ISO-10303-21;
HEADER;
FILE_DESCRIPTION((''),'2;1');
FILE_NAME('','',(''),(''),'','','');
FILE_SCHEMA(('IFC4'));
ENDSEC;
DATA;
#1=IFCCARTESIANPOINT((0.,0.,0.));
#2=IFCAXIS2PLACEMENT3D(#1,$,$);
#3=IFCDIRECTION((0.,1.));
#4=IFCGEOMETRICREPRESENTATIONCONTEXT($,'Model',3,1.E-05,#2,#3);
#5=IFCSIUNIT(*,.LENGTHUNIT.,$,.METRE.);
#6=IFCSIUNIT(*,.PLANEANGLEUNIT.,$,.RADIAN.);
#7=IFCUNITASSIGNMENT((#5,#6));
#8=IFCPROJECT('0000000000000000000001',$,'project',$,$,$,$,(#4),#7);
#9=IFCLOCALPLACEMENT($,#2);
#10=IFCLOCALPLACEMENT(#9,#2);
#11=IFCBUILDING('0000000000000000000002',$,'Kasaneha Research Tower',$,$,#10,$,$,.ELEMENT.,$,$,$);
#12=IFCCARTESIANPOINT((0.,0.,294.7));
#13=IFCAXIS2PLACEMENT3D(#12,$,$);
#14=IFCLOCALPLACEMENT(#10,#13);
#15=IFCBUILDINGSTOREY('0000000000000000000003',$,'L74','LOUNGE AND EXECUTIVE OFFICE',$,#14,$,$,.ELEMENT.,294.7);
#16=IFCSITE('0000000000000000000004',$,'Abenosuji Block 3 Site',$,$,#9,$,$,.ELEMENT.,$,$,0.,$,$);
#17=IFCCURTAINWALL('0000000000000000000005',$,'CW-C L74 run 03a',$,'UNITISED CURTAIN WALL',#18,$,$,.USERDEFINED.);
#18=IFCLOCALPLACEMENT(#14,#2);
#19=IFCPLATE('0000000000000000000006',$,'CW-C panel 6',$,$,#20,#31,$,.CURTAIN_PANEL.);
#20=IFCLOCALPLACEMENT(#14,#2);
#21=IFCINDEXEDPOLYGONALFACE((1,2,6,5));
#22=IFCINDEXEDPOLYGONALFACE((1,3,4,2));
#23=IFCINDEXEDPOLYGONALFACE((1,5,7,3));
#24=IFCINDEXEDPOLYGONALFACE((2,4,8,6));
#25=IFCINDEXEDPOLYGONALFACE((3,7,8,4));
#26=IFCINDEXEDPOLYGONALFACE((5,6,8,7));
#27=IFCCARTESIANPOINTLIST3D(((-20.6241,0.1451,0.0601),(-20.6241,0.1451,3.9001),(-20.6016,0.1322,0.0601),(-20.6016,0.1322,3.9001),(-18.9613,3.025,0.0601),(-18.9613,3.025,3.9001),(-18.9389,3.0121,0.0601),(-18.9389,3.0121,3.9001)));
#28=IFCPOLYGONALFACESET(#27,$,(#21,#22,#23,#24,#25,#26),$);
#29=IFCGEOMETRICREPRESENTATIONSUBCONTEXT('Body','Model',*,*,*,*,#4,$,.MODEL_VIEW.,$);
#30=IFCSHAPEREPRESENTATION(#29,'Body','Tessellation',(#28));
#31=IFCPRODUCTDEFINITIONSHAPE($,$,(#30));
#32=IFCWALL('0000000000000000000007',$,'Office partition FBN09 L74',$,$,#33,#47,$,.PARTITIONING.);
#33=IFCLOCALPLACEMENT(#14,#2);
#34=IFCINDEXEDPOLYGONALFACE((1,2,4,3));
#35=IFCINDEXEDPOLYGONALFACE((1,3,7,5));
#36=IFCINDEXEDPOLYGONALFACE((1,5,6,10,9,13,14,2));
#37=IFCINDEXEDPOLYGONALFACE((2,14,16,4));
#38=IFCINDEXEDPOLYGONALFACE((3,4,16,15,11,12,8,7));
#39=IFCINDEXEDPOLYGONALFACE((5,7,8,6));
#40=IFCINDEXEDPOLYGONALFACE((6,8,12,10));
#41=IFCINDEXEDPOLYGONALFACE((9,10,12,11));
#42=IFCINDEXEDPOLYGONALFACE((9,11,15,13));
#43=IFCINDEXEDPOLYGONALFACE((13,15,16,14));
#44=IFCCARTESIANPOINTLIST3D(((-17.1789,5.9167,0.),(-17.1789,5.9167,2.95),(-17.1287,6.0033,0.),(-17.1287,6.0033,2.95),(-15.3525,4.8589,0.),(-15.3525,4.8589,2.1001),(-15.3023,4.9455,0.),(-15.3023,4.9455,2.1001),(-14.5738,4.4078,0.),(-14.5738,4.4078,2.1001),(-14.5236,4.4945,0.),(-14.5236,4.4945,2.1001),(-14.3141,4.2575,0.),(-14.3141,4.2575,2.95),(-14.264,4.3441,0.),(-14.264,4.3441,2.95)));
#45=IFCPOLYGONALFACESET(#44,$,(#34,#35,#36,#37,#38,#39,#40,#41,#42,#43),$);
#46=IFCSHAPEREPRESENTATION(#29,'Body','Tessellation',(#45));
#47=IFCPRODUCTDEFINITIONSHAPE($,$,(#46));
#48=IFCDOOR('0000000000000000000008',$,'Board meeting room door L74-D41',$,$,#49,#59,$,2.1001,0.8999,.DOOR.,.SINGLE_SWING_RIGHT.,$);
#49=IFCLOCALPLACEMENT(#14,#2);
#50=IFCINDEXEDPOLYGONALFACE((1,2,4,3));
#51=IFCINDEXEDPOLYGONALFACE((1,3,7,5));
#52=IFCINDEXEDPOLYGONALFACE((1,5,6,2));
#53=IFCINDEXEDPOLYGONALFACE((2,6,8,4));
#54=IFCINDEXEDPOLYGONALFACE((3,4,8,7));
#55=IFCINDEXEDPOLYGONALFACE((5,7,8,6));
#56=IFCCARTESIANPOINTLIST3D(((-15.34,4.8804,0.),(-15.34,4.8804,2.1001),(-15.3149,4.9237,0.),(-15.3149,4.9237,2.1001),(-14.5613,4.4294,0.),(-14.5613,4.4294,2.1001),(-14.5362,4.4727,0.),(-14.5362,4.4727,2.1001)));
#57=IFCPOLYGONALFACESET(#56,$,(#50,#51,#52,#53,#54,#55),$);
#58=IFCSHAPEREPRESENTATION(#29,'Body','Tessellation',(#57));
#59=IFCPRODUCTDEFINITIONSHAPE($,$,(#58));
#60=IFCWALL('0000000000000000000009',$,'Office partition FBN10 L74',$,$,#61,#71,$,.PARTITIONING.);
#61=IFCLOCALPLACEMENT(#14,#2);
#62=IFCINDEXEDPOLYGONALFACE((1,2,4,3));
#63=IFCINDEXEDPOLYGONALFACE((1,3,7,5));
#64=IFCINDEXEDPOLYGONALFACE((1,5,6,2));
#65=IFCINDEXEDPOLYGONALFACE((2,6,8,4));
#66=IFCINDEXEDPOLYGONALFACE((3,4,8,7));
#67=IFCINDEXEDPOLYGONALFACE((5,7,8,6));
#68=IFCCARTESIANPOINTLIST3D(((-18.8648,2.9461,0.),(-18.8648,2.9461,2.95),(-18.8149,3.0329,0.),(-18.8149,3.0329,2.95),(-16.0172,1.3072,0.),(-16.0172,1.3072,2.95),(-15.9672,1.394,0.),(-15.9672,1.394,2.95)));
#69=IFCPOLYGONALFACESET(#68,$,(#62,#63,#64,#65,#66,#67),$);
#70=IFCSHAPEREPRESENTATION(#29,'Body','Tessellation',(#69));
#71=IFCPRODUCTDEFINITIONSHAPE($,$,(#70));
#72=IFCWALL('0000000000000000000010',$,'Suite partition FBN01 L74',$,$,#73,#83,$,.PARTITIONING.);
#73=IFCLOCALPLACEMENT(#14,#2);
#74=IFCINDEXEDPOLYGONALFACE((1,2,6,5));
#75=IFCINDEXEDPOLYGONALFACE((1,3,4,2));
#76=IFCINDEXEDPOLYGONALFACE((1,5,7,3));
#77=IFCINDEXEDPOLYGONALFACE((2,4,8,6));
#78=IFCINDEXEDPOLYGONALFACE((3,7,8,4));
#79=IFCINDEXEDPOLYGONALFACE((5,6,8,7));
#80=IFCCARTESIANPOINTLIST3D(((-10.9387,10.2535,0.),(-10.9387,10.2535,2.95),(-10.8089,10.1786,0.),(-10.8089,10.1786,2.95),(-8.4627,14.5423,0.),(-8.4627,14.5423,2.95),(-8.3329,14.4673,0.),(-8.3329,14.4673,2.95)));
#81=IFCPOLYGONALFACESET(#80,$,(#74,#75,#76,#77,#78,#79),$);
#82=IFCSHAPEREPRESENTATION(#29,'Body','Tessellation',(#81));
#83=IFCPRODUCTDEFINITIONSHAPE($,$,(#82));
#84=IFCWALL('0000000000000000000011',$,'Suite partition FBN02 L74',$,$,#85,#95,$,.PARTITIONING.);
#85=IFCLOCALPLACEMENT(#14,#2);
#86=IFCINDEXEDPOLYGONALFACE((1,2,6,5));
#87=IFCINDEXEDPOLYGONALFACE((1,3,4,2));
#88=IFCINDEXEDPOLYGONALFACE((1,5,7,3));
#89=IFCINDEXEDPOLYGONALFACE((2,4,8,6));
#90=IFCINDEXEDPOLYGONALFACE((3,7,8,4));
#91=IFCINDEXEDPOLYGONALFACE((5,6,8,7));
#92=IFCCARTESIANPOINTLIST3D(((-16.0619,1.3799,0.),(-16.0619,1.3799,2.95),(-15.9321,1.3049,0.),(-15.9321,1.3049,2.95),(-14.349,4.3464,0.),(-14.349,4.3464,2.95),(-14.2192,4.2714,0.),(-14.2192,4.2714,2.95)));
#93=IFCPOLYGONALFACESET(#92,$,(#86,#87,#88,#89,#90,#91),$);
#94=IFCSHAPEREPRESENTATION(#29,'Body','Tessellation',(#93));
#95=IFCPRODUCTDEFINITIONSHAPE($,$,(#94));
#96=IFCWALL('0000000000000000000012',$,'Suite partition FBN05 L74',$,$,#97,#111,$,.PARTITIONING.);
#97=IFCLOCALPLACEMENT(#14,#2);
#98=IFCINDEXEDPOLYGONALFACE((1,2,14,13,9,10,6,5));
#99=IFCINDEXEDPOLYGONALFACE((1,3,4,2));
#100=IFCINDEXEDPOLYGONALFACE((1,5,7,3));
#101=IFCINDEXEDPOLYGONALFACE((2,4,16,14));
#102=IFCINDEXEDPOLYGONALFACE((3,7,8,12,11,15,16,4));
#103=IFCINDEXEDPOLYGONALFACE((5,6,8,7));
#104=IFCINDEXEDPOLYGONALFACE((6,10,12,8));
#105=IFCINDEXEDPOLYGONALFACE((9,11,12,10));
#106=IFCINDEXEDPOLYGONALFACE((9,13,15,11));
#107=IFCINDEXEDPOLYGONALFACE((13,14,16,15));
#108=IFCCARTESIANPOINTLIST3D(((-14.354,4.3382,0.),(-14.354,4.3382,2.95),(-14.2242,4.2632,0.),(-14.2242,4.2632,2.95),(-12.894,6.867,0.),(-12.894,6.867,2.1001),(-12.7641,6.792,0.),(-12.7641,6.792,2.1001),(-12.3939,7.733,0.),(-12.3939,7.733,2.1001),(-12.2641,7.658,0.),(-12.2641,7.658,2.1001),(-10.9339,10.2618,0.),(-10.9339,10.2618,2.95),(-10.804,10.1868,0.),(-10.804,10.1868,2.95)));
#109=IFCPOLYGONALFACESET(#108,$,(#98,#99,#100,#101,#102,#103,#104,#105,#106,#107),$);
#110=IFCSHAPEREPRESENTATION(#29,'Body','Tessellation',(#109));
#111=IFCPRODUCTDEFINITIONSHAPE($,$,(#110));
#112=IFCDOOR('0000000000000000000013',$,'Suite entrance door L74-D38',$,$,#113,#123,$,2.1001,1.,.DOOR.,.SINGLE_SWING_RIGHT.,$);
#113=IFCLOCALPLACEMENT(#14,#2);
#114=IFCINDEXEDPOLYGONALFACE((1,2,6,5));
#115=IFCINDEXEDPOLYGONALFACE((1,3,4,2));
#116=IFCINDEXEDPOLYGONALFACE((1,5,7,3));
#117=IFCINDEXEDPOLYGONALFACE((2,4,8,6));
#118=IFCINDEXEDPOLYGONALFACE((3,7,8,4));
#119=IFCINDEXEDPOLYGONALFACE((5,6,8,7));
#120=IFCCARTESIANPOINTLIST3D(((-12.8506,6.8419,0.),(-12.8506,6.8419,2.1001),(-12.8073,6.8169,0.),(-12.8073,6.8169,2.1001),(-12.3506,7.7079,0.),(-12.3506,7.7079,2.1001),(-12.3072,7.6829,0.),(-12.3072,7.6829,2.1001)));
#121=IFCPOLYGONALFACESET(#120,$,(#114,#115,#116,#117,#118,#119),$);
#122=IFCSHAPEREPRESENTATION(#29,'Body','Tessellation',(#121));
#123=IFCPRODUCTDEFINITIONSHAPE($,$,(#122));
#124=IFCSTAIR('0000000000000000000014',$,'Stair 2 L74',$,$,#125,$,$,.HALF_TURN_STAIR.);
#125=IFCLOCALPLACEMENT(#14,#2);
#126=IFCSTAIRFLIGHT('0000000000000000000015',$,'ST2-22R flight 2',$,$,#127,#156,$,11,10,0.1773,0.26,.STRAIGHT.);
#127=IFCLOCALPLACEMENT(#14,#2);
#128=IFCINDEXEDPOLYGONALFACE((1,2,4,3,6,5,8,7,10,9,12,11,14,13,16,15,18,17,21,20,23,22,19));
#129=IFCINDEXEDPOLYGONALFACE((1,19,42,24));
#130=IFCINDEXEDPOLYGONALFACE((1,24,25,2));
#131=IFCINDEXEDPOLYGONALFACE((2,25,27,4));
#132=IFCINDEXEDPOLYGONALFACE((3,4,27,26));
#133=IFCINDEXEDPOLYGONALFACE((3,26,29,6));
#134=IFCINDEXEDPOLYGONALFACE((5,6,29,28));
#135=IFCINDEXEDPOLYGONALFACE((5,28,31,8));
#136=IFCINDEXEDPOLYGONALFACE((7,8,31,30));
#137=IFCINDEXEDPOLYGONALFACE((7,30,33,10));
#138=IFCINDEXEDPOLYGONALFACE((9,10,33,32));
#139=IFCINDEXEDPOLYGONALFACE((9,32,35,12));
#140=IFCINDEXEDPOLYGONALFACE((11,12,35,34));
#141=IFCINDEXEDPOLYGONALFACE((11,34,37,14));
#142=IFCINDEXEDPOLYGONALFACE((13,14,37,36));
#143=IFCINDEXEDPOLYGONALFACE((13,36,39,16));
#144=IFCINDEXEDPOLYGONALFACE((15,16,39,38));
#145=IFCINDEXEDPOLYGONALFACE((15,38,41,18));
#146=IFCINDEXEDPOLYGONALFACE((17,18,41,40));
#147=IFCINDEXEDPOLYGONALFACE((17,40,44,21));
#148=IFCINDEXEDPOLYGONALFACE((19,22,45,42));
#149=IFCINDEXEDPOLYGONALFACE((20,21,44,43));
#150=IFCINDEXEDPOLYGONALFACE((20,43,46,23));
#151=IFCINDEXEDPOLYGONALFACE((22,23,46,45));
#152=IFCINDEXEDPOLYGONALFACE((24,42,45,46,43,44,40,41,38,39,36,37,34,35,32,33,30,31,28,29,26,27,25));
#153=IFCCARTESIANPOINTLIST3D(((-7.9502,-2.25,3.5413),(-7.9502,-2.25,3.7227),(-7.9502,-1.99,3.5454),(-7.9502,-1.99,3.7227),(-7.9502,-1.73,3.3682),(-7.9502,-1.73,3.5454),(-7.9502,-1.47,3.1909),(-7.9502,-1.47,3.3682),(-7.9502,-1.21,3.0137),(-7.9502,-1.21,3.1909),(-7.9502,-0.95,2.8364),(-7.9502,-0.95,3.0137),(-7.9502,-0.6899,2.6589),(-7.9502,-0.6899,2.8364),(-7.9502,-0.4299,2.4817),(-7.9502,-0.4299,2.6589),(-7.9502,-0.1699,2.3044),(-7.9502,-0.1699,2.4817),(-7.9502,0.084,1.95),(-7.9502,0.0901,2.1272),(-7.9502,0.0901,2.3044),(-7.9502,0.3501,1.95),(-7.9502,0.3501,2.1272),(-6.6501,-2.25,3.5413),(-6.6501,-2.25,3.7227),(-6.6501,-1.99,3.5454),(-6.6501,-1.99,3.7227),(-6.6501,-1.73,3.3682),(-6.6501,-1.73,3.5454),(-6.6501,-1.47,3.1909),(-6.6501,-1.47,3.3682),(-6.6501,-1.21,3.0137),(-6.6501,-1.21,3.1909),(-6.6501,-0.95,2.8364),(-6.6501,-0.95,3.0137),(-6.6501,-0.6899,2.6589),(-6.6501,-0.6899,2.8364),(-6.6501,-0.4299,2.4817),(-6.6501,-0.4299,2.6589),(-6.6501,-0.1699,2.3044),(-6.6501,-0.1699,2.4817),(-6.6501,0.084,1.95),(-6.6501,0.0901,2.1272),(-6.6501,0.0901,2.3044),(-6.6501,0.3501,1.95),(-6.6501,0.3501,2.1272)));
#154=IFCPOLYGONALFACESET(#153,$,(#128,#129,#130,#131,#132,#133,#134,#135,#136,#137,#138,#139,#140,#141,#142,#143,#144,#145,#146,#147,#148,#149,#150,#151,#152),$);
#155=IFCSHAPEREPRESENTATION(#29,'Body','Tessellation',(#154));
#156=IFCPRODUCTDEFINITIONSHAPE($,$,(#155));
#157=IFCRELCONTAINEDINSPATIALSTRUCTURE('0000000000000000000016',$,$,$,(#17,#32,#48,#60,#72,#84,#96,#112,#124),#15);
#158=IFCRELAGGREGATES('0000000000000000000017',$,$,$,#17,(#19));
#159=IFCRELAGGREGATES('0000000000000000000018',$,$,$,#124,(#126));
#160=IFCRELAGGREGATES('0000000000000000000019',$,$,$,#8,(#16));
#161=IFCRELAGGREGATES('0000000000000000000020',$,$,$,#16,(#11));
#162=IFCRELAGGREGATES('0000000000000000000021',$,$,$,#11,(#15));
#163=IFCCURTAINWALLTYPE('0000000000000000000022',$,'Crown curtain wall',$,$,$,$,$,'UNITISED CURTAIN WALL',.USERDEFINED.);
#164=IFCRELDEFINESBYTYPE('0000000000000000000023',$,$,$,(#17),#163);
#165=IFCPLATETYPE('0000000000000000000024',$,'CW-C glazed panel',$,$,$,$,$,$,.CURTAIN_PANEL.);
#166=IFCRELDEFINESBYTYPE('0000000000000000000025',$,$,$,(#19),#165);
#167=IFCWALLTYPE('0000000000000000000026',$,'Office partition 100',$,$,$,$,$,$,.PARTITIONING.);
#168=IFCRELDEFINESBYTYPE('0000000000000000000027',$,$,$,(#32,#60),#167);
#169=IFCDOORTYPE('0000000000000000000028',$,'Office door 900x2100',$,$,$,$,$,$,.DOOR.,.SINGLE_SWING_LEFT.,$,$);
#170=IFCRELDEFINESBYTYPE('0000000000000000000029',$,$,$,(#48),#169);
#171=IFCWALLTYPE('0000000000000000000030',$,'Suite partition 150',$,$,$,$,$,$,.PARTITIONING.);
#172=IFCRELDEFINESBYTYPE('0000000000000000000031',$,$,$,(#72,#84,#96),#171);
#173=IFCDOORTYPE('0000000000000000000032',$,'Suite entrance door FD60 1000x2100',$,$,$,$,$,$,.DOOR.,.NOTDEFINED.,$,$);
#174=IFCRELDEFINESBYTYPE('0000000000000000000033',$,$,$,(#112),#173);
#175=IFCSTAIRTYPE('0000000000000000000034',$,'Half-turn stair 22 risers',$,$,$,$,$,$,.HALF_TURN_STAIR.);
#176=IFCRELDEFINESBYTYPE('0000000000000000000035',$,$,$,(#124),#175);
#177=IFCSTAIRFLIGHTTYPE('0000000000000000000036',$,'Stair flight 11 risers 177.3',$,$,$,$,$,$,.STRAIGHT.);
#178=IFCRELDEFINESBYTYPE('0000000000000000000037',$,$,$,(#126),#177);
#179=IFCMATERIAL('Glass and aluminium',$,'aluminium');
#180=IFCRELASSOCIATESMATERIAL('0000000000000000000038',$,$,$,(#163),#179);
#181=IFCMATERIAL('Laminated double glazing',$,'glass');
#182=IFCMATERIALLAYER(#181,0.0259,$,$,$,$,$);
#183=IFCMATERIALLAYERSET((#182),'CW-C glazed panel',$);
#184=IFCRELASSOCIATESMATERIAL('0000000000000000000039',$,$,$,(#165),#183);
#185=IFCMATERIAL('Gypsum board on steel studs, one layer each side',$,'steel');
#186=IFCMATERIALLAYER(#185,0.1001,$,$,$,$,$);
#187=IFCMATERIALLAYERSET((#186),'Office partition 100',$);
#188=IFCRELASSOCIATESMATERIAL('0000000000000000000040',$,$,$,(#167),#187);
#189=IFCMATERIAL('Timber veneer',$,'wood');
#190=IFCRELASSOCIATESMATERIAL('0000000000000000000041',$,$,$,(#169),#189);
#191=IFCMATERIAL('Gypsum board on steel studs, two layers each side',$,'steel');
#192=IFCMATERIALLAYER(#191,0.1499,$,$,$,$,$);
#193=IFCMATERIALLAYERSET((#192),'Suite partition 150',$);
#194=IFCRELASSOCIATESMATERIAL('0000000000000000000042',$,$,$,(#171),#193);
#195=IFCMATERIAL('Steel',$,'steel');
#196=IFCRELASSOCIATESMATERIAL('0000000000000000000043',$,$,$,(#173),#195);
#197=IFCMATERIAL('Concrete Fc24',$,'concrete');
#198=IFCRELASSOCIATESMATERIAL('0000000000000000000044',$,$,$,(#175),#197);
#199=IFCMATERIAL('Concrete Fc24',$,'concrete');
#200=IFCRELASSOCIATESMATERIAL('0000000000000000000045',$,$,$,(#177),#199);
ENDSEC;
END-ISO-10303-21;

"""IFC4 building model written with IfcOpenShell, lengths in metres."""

from ifc_helpers import new_model, si_unit, direction, frame, frame_2d, origin, origin_2d, place, context, subcontext, project, spatial, polyline, rectangle, outline, extrude, material, layer, layer_set, type_object, element, fill, aggregate, save


model = new_model("IFC4")

# Units and contexts
model_context = context("Model", 3, precision=1e-05, world=origin(), true_north=direction((0.0, 1.0)))
body_context = subcontext(model_context, "Body", "Model", "MODEL_VIEW")
ifc_project = project(units=[si_unit("LENGTHUNIT", "METRE"), si_unit("PLANEANGLEUNIT", "RADIAN")], contexts=[model_context])

# Site, building, storey
site_placement = place(None, origin())
site = spatial("IfcSite", under=ifc_project, at=site_placement, Name="Abenosuji Block 3 Site", CompositionType="ELEMENT", RefElevation=0.0)
building_placement = place(site_placement, origin())
building = spatial("IfcBuilding", under=site, at=building_placement, Name="Kasaneha Research Tower", CompositionType="ELEMENT")
storey_placement = place(building_placement, frame((0.0, 0.0, 294.7)))
storey = spatial("IfcBuildingStorey", under=building, at=storey_placement, Name="L74", Description="LOUNGE AND EXECUTIVE OFFICE", CompositionType="ELEMENT", Elevation=294.7)

# Curtain wall
ifc_material_1 = material(Name="Glass and aluminium", Category="aluminium")
curtain_wall_type = type_object("IfcCurtainWallType", Name="Crown curtain wall", ElementType="UNITISED CURTAIN WALL", PredefinedType="USERDEFINED", material=ifc_material_1)
curtain_wall_placement = place(storey_placement, origin())
curtain_wall = element("IfcCurtainWall", 1, at=curtain_wall_placement, inside=storey, type_object=curtain_wall_type, Name="CW-C L74 run 03a", ObjectType="UNITISED CURTAIN WALL", PredefinedType="USERDEFINED")

# Plate
ifc_material_2 = material(Name="Laminated double glazing", Category="glass")
ifc_layer_1 = layer(ifc_material_2, 0.0259)
ifc_layer_set_1 = layer_set([ifc_layer_1], Name="CW-C glazed panel")
plate_type = type_object("IfcPlateType", Name="CW-C glazed panel", PredefinedType="CURTAIN_PANEL", material=ifc_layer_set_1)
plate_1_placement = place(storey_placement, frame((-19.7815, 1.5786, 0.0601), z_axis=(0.0, 0.0, 1.0), x_axis=(-0.5, -0.866025, 0.0)))
plate_1 = element("IfcPlate", 2, at=plate_1_placement, type_object=plate_type, Name="CW-C panel 6", PredefinedType="CURTAIN_PANEL", context=body_context, shape_type="SweptSolid", body=[
    extrude(rectangle(XDim=3.3254, YDim=0.0259, at=origin_2d()), origin(), (0.0, 0.0, 1.0), 3.8401),
])
aggregate(curtain_wall, [plate_1])

# Wall, opening, door
ifc_material_3 = material(Name="Gypsum board on steel studs, one layer each side", Category="steel")
ifc_layer_2 = layer(ifc_material_3, 0.1001)
ifc_layer_set_2 = layer_set([ifc_layer_2], Name="Office partition 100")
wall_type_1 = type_object("IfcWallType", Name="Office partition 100", PredefinedType="PARTITIONING", material=ifc_layer_set_2)
wall_1_placement = place(storey_placement, frame((-17.1538, 5.96, 0.0), z_axis=(0.0, 0.0, 1.0), x_axis=(0.865342, -0.501182, 0.0)))
wall_1 = element("IfcWall", 3, at=wall_1_placement, inside=storey, type_object=wall_type_1, Name="Office partition FBN09 L74", PredefinedType="PARTITIONING", context=body_context, shape_type="SweptSolid", body=[
    extrude(rectangle(XDim=3.3105, YDim=0.1001, at=frame_2d((1.6553, 0.0))), origin(), (0.0, 0.0, 1.0), 2.95),
])
opening_1_placement = place(wall_1_placement, frame((2.1106, 0.0, 0.0)))
opening_1 = element("IfcOpeningElement", 4, at=opening_1_placement, cuts=wall_1, PredefinedType="OPENING", context=body_context, shape_type="SweptSolid", body=[
    extrude(rectangle(XDim=0.8999, YDim=2.1001, at=frame_2d((0.45, 1.05))), frame((0.0, 0.0601, 0.0), z_axis=(0.0, -1.0, 0.0), x_axis=(1.0, 0.0, 0.0)), (0.0, 0.0, 1.0), 0.1201),
])
ifc_material_4 = material(Name="Timber veneer", Category="wood")
door_type_1 = type_object("IfcDoorType", Name="Office door 900x2100", OperationType="SINGLE_SWING_LEFT", PredefinedType="DOOR", material=ifc_material_4)
door_1_placement = place(opening_1_placement, origin())
door_1 = element("IfcDoor", 5, at=door_1_placement, inside=storey, type_object=door_type_1, Name="Board meeting room door L74-D41", OperationType="SINGLE_SWING_RIGHT", OverallHeight=2.1001, OverallWidth=0.8999, PredefinedType="DOOR", context=body_context, shape_type="SweptSolid", body=[
    extrude(rectangle(XDim=0.8999, YDim=2.1001, at=frame_2d((0.45, 1.05))), frame((0.0, 0.0249, 0.0), z_axis=(0.0, -1.0, 0.0), x_axis=(1.0, 0.0, 0.0)), (0.0, 0.0, 1.0), 0.05),
])
fill(opening_1, door_1)

# Walls
wall_2_placement = place(storey_placement, frame((-15.9922, 1.3506, 0.0), z_axis=(0.0, 0.0, 1.0), x_axis=(-0.866707, 0.498817, 0.0)))
element("IfcWall", 6, at=wall_2_placement, inside=storey, type_object=wall_type_1, Name="Office partition FBN10 L74", PredefinedType="PARTITIONING", context=body_context, shape_type="SweptSolid", body=[
    extrude(rectangle(XDim=3.2856, YDim=0.1001, at=frame_2d((1.6428, 0.0))), origin(), (0.0, 0.0, 1.0), 2.95),
])
ifc_material_5 = material(Name="Gypsum board on steel studs, two layers each side", Category="steel")
ifc_layer_3 = layer(ifc_material_5, 0.1499)
ifc_layer_set_3 = layer_set([ifc_layer_3], Name="Suite partition 150")
wall_type_2 = type_object("IfcWallType", Name="Suite partition 150", PredefinedType="PARTITIONING", material=ifc_layer_set_3)
wall_3_placement = place(storey_placement, frame((-10.8738, 10.2161, 0.0), z_axis=(0.0, 0.0, 1.0), x_axis=(0.499988, 0.866032, 0.0)))
element("IfcWall", 7, at=wall_3_placement, inside=storey, type_object=wall_type_2, Name="Suite partition FBN01 L74", PredefinedType="PARTITIONING", context=body_context, shape_type="SweptSolid", body=[
    extrude(rectangle(XDim=4.9521, YDim=0.1499, at=frame_2d((2.4761, 0.0))), origin(), (0.0, 0.0, 1.0), 2.95),
])
wall_4_placement = place(storey_placement, frame((-15.9971, 1.3423, 0.0), z_axis=(0.0, 0.0, 1.0), x_axis=(0.500033, 0.866006, 0.0)))
element("IfcWall", 8, at=wall_4_placement, inside=storey, type_object=wall_type_2, Name="Suite partition FBN02 L74", PredefinedType="PARTITIONING", context=body_context, shape_type="SweptSolid", body=[
    extrude(rectangle(XDim=3.4255, YDim=0.1499, at=frame_2d((1.7129, 0.0))), origin(), (0.0, 0.0, 1.0), 2.95),
])

# Wall, opening, door
wall_5_placement = place(storey_placement, frame((-14.2891, 4.3008, 0.0), z_axis=(0.0, 0.0, 1.0), x_axis=(0.50002, 0.866014, 0.0)))
wall_5 = element("IfcWall", 9, at=wall_5_placement, inside=storey, type_object=wall_type_2, Name="Suite partition FBN05 L74", PredefinedType="PARTITIONING", context=body_context, shape_type="SweptSolid", body=[
    extrude(rectangle(XDim=6.8401, YDim=0.1499, at=frame_2d((3.4199, 0.0))), origin(), (0.0, 0.0, 1.0), 2.95),
])
opening_2_placement = place(wall_5_placement, frame((2.9199, 0.0, 0.0)))
opening_2 = element("IfcOpeningElement", 10, at=opening_2_placement, cuts=wall_5, PredefinedType="OPENING", context=body_context, shape_type="SweptSolid", body=[
    extrude(rectangle(XDim=1.0, YDim=2.1001, at=frame_2d((0.5, 1.05))), frame((0.0, 0.085, 0.0), z_axis=(0.0, -1.0, 0.0), x_axis=(1.0, 0.0, 0.0)), (0.0, 0.0, 1.0), 0.1699),
])
ifc_material_6 = material(Name="Steel", Category="steel")
door_type_2 = type_object("IfcDoorType", Name="Suite entrance door FD60 1000x2100", OperationType="NOTDEFINED", PredefinedType="DOOR", material=ifc_material_6)
door_2_placement = place(opening_2_placement, origin())
door_2 = element("IfcDoor", 11, at=door_2_placement, inside=storey, type_object=door_type_2, Name="Suite entrance door L74-D38", OperationType="SINGLE_SWING_RIGHT", OverallHeight=2.1001, OverallWidth=1.0, PredefinedType="DOOR", context=body_context, shape_type="SweptSolid", body=[
    extrude(rectangle(XDim=1.0, YDim=2.1001, at=frame_2d((0.5, 1.05))), frame((0.0, 0.0249, 0.0), z_axis=(0.0, -1.0, 0.0), x_axis=(1.0, 0.0, 0.0)), (0.0, 0.0, 1.0), 0.05),
])
fill(opening_2, door_2)

# Stair, stair flight
ifc_material_7 = material(Name="Concrete Fc24", Category="concrete")
stair_type = type_object("IfcStairType", Name="Half-turn stair 22 risers", PredefinedType="HALF_TURN_STAIR", material=ifc_material_7)
stair_placement = place(storey_placement, origin())
stair = element("IfcStair", 12, at=stair_placement, inside=storey, type_object=stair_type, Name="Stair 2 L74", PredefinedType="HALF_TURN_STAIR")
ifc_material_8 = material(Name="Concrete Fc24", Category="concrete")
stair_flight_type = type_object("IfcStairFlightType", Name="Stair flight 11 risers 177.3", PredefinedType="STRAIGHT", material=ifc_material_8)
stair_flight_placement = place(storey_placement, frame((-7.3, 0.3501, 1.95), z_axis=(0.0, 0.0, 1.0), x_axis=(0.0, -1.0, 0.0)))
stair_flight = element("IfcStairFlight", 13, at=stair_flight_placement, type_object=stair_flight_type, Name="ST2-22R flight 2", NumberOfRisers=11, NumberOfTreads=10, PredefinedType="STRAIGHT", RiserHeight=0.1773, TreadLength=0.26, context=body_context, shape_type="SweptSolid", body=[
    extrude(outline(polyline([(0.0, 0.0), (0.0, 0.1772), (0.26, 0.1772), (0.26, 0.3545), (0.52, 0.3545), (0.52, 0.5317), (0.78, 0.5317), (0.78, 0.709), (1.04, 0.709), (1.04, 0.8865), (1.3, 0.8865), (1.3, 1.0637), (1.5601, 1.0637), (1.5601, 1.241), (1.8201, 1.241), (1.8201, 1.4182), (2.0801, 1.4182), (2.0801, 1.5955), (2.3401, 1.5955), (2.3401, 1.7727), (2.6001, 1.7727), (2.6001, 1.95), (2.6001, 1.5913), (0.2661, 0.0), (0.0, 0.0)])), frame((0.0, 0.6499, 0.0), z_axis=(0.0, -1.0, 0.0), x_axis=(1.0, 0.0, 0.0)), (0.0, 0.0, 1.0), 1.3),
])
aggregate(stair, [stair_flight])

save(model, "model.ifc")
